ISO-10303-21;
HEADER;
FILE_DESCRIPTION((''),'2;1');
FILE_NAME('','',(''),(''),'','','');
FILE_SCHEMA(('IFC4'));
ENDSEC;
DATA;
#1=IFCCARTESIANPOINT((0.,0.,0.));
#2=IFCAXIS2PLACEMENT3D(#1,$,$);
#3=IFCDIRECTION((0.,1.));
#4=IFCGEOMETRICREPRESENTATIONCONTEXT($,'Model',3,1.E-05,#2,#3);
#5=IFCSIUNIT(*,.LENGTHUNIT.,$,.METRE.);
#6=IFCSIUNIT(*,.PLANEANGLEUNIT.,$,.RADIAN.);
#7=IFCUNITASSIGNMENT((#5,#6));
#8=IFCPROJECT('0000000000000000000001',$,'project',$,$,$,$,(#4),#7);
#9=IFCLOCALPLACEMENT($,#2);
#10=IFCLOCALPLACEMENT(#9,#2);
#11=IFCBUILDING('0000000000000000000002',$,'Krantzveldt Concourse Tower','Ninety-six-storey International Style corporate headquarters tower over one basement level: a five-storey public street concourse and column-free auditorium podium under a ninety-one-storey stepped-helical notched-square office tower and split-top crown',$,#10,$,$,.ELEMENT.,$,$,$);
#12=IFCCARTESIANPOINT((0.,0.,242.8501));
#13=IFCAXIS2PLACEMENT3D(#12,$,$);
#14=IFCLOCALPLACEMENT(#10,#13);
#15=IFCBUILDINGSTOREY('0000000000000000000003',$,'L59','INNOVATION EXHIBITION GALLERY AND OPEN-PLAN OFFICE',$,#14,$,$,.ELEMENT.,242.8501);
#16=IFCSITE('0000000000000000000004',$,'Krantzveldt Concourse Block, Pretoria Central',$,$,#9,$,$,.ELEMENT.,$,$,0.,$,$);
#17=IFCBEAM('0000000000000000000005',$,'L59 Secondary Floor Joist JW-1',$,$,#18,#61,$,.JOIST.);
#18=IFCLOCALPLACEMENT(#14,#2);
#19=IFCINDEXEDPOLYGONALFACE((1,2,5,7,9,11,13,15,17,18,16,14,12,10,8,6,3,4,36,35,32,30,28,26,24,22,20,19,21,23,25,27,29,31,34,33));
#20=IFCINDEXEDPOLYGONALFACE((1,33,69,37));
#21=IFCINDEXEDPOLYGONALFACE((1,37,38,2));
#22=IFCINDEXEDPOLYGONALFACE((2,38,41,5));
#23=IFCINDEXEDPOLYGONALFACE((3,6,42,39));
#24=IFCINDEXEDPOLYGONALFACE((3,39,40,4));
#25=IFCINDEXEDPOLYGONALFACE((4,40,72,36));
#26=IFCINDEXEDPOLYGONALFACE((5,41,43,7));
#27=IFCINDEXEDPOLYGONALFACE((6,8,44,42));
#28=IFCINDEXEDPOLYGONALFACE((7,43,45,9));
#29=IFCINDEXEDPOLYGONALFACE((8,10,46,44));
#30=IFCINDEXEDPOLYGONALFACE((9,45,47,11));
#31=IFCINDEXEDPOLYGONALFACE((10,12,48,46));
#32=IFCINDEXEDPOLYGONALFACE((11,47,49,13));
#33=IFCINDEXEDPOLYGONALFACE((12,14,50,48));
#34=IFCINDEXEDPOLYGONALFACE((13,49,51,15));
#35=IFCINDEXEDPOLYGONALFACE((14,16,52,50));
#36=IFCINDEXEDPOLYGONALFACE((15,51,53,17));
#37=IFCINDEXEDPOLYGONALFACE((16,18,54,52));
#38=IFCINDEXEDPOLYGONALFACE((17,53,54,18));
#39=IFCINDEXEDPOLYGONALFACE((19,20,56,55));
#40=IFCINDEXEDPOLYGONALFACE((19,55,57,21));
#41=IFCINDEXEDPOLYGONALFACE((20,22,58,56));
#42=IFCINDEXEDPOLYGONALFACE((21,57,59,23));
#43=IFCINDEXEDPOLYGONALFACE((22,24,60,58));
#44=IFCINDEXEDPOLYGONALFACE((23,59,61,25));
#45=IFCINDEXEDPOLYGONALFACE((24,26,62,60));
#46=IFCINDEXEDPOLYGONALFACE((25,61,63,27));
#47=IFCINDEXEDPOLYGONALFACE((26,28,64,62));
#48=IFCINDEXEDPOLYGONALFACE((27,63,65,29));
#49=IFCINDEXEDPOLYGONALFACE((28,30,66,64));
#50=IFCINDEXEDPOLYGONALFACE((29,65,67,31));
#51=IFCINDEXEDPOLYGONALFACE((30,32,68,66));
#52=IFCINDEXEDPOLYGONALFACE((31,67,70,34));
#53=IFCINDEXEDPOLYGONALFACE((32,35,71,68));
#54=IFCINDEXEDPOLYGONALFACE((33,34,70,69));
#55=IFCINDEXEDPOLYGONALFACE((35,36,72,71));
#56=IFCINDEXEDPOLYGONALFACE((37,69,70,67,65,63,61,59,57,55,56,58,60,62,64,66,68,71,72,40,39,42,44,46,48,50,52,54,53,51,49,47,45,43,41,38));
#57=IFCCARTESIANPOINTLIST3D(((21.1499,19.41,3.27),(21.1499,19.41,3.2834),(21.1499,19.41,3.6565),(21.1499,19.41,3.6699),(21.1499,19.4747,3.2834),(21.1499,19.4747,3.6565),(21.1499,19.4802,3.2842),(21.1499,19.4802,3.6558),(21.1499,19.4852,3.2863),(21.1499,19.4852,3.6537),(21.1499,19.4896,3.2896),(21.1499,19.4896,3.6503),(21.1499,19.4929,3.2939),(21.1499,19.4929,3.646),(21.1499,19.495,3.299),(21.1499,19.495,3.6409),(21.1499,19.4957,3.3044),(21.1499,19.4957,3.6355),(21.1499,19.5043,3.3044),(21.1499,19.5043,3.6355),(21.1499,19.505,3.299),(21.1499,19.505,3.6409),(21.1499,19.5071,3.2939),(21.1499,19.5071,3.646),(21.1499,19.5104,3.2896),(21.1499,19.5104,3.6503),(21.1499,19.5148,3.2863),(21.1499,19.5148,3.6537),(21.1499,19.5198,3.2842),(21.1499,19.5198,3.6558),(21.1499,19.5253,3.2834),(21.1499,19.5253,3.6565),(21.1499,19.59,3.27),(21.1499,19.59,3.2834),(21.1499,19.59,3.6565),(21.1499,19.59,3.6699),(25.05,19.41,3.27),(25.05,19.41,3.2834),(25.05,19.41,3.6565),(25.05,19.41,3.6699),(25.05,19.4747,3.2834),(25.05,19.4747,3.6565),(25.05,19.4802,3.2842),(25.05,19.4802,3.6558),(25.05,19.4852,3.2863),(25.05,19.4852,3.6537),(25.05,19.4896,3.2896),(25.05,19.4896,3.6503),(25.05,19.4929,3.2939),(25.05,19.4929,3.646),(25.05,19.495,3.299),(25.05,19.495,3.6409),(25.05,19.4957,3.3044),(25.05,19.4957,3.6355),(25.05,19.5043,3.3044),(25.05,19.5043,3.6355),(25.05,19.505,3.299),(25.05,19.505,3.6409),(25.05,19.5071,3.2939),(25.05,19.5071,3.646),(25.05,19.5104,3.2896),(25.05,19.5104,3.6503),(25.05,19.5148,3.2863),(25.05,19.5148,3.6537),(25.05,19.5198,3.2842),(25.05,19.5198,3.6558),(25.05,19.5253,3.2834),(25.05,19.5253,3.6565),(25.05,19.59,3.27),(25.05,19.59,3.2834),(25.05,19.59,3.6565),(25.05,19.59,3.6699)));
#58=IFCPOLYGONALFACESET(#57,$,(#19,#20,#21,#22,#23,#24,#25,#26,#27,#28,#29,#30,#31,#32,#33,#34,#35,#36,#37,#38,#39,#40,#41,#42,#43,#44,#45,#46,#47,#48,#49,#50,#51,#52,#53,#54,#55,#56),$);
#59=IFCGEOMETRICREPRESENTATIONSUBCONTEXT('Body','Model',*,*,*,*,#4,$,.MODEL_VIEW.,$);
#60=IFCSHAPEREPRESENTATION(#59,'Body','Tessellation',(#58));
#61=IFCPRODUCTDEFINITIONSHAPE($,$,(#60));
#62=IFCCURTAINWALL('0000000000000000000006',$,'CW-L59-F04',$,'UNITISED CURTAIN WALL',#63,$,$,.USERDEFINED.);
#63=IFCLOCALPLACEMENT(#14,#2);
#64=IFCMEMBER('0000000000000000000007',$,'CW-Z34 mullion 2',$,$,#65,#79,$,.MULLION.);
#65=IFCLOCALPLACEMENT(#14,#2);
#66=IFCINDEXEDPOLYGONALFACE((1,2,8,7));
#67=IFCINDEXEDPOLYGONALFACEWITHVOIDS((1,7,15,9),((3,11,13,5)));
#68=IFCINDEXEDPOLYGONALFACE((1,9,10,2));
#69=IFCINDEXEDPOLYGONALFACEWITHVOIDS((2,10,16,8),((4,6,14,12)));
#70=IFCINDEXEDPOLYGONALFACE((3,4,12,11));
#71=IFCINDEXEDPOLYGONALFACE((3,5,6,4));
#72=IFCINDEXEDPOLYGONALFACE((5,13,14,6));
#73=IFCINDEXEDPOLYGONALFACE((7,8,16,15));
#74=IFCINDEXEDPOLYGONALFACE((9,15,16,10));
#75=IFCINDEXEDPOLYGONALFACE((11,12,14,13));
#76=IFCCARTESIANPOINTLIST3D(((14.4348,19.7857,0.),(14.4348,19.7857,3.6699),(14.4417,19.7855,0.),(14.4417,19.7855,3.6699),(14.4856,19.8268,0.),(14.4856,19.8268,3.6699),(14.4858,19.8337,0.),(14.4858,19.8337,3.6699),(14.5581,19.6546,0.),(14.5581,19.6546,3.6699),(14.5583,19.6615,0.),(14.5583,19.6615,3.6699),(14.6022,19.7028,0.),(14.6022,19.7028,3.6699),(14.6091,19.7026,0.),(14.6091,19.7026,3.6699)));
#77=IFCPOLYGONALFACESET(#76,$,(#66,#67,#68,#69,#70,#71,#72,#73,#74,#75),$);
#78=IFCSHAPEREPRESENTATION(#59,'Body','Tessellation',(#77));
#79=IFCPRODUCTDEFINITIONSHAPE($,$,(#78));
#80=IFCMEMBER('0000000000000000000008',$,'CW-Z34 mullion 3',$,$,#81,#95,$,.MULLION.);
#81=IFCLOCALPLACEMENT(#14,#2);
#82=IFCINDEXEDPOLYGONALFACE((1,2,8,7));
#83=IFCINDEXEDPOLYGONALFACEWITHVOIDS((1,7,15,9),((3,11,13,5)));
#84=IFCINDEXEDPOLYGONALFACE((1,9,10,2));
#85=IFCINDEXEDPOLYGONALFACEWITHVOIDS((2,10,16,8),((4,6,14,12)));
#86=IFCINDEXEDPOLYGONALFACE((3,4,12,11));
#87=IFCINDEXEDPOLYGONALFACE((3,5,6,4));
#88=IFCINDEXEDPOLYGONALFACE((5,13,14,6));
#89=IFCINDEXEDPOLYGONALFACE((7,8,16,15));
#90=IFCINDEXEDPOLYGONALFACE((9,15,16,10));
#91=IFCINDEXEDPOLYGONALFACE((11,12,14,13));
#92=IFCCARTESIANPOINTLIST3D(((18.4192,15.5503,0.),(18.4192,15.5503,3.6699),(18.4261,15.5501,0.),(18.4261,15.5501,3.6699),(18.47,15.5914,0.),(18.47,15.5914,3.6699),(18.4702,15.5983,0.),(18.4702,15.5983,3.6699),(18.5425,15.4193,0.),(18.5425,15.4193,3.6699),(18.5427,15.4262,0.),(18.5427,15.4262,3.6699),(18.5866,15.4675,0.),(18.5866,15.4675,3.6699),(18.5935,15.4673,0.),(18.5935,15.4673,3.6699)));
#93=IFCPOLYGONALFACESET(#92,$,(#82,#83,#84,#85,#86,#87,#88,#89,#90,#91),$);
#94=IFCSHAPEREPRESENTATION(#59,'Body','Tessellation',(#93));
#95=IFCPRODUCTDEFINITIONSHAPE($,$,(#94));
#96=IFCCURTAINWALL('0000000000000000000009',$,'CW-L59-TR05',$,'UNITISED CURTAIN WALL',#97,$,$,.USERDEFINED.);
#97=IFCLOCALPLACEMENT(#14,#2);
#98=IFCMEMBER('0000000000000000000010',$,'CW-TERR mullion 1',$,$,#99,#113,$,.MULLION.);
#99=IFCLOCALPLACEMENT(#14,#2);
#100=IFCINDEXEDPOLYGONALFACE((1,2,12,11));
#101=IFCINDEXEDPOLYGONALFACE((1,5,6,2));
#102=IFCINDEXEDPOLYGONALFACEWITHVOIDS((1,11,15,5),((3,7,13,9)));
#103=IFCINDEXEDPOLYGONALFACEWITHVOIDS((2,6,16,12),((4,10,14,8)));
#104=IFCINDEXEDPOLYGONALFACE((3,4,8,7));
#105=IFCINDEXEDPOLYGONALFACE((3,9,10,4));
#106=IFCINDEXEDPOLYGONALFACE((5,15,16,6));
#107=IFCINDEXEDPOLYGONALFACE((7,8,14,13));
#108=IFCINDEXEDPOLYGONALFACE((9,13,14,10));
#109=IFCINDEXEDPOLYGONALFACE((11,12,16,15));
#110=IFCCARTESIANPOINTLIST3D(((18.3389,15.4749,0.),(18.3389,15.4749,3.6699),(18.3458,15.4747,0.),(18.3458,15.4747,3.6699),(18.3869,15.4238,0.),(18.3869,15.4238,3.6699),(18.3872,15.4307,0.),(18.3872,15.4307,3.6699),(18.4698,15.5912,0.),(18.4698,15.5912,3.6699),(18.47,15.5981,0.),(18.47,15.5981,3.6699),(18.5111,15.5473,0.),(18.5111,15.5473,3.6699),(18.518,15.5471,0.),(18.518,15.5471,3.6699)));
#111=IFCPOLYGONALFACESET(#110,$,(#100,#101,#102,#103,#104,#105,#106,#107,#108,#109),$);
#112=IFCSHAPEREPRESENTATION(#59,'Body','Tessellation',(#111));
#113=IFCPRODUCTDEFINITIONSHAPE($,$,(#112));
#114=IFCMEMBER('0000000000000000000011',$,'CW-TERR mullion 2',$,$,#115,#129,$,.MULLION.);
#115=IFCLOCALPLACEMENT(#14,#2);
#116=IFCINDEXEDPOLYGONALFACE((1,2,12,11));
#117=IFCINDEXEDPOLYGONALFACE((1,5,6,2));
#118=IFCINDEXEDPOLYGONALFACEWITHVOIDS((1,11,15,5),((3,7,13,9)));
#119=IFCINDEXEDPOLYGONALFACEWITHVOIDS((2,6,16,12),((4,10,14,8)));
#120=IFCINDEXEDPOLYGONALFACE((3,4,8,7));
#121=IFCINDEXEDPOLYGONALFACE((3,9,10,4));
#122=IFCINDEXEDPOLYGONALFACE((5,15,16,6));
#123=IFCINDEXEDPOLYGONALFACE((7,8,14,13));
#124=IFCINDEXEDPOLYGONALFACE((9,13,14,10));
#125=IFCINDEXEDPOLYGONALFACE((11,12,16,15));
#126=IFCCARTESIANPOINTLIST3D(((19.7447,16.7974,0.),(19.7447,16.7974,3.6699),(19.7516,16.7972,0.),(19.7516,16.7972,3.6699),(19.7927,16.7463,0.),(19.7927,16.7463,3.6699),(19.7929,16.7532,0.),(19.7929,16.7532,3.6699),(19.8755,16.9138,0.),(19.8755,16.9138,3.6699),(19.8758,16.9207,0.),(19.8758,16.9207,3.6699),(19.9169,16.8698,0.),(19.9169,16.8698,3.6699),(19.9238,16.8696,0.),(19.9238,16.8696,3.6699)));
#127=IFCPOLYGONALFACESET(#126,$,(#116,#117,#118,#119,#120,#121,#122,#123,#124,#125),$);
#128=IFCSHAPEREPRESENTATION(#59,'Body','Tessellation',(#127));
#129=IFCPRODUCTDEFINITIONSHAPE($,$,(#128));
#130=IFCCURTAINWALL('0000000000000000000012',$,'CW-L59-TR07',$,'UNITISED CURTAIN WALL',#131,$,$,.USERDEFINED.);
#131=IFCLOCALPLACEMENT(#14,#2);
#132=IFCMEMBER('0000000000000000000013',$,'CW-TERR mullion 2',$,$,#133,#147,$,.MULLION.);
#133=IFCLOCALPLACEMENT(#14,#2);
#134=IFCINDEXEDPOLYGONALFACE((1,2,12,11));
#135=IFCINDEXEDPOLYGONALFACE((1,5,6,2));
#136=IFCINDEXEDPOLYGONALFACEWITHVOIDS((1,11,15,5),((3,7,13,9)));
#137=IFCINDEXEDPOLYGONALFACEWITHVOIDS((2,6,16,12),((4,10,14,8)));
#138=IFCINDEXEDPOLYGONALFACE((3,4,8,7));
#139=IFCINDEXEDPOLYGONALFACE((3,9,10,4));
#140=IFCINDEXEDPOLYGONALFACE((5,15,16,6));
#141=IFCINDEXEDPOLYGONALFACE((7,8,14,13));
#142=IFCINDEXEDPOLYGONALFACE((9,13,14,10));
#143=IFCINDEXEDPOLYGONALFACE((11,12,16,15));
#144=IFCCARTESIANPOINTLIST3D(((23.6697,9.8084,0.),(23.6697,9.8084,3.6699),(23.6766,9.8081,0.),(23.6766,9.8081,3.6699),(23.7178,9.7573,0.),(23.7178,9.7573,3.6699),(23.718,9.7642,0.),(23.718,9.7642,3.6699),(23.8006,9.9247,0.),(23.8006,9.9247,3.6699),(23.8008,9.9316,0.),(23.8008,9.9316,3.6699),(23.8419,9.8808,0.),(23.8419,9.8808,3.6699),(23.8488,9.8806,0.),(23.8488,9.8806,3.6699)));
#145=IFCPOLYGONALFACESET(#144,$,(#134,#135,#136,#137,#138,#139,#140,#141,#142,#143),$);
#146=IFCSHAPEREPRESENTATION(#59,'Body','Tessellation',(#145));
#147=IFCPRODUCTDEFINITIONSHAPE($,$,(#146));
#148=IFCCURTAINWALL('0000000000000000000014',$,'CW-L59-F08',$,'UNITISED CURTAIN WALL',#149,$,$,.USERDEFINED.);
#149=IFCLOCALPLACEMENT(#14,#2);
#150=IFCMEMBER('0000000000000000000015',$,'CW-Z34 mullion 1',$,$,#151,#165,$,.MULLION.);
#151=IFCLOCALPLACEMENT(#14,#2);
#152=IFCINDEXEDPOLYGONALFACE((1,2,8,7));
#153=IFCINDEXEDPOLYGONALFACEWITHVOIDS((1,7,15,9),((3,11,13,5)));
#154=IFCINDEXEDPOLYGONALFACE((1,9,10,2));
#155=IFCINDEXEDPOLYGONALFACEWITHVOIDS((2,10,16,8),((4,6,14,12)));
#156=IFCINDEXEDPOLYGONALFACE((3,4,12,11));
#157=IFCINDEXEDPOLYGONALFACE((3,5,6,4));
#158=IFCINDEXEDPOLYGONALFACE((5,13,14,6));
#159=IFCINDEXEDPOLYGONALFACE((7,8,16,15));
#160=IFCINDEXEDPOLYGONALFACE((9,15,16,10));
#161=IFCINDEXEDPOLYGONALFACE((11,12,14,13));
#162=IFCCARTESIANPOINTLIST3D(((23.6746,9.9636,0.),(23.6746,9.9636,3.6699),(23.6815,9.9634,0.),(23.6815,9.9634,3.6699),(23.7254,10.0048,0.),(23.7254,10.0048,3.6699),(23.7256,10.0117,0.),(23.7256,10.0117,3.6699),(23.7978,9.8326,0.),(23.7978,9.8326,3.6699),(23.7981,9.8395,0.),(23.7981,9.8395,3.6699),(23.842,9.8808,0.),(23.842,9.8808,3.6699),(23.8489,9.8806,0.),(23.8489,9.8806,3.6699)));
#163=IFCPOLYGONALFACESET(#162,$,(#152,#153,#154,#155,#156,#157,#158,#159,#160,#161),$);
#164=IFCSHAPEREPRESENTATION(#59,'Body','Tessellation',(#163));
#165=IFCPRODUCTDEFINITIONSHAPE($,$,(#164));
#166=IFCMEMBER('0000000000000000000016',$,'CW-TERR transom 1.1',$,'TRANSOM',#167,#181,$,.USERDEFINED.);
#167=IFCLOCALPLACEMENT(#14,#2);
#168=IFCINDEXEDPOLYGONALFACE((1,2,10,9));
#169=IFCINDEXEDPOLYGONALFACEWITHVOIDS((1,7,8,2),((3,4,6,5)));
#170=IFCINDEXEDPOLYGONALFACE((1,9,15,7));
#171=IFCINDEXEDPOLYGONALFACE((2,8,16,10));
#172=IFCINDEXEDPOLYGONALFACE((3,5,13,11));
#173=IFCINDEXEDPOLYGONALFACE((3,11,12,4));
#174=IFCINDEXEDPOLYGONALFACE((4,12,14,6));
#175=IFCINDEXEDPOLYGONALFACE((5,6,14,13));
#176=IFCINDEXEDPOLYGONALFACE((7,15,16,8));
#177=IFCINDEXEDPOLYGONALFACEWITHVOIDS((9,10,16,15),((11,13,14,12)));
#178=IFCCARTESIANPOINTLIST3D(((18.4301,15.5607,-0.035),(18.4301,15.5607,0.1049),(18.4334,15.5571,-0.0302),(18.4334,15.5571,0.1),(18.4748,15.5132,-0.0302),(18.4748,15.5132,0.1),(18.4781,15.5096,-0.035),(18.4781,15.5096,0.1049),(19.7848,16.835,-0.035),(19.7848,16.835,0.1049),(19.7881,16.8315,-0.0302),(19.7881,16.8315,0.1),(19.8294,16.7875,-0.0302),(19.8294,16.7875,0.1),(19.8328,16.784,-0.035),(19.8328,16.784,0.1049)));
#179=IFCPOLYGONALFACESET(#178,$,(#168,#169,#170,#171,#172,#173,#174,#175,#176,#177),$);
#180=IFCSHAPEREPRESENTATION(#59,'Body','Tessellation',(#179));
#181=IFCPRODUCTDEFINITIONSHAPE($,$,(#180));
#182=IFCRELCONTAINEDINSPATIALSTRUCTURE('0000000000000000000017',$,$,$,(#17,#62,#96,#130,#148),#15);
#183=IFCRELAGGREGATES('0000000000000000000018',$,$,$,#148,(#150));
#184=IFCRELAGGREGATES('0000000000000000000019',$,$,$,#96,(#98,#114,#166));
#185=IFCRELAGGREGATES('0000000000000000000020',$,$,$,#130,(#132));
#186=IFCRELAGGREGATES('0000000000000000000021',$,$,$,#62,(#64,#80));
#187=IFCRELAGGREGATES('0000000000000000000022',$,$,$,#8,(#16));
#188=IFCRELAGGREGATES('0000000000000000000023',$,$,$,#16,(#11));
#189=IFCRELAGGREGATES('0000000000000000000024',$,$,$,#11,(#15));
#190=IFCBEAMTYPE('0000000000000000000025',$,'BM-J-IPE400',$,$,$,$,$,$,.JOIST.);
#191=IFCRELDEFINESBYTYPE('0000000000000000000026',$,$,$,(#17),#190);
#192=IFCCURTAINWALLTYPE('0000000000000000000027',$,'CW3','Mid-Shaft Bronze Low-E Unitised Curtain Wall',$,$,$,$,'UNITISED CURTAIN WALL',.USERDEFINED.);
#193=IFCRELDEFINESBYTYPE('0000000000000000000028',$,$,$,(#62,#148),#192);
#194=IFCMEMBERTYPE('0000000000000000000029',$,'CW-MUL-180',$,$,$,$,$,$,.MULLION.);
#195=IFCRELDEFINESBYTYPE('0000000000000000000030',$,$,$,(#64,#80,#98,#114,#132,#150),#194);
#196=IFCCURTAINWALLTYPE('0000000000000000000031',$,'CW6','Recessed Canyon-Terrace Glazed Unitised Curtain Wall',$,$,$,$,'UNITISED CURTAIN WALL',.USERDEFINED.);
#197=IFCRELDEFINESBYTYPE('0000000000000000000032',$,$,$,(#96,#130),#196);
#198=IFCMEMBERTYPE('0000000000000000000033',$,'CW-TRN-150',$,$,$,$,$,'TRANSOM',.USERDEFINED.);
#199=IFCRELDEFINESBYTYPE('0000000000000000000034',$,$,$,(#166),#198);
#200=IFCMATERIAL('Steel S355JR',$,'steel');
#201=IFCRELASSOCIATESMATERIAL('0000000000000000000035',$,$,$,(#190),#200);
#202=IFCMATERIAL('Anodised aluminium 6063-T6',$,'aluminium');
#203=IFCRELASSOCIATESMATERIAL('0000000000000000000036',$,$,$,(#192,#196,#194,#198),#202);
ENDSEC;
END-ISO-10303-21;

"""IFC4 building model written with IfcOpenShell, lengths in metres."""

from ifc_helpers import new_model, si_unit, direction, frame, origin, origin_2d, place, context, subcontext, project, spatial, hollow_rectangle, i_section, extrude, source, transform, mapped, material, material_profile, profile_set, type_object, type_shapes, element, aggregate, save


model = new_model("IFC4")

# Units and contexts
model_context = context("Model", 3, precision=1e-05, world=origin(), true_north=direction((0.0, 1.0)))
body_context = subcontext(model_context, "Body", "Model", "MODEL_VIEW")
ifc_project = project(units=[si_unit("LENGTHUNIT", "METRE"), si_unit("PLANEANGLEUNIT", "RADIAN")], contexts=[model_context])

# Site, building, storey
site_placement = place(None, origin())
site = spatial("IfcSite", under=ifc_project, at=site_placement, Name="Krantzveldt Concourse Block, Pretoria Central", CompositionType="ELEMENT", RefElevation=0.0)
building_placement = place(site_placement, origin())
building = spatial("IfcBuilding", under=site, at=building_placement, Name="Krantzveldt Concourse Tower", Description="Ninety-six-storey International Style corporate headquarters tower over one basement level: a five-storey public street concourse and column-free auditorium podium under a ninety-one-storey stepped-helical notched-square office tower and split-top crown", CompositionType="ELEMENT")
storey_placement = place(building_placement, frame((0.0, 0.0, 242.8501)))
storey = spatial("IfcBuildingStorey", under=building, at=storey_placement, Name="L59", Description="INNOVATION EXHIBITION GALLERY AND OPEN-PLAN OFFICE", CompositionType="ELEMENT", Elevation=242.8501)

# Beam
ifc_material_1 = material(Name="Steel S355JR", Category="steel")
ifc_material_profile_1 = material_profile(ifc_material_1, i_section(OverallWidth=0.1799, OverallDepth=0.3999, WebThickness=0.0085, FlangeThickness=0.0134, FilletRadius=0.021, at=origin_2d()), Name="Steel S355JR", Category="steel")
ifc_profile_set_1 = profile_set([ifc_material_profile_1], Name="Steel S355JR - IPE 400")
beam_type_1 = type_object("IfcBeamType", Name="BM-J-IPE400", PredefinedType="JOIST", material=ifc_profile_set_1)
shared_shape_1 = source(origin(), body_context, "Body", "SweptSolid", [
    extrude(i_section(OverallWidth=0.1799, OverallDepth=0.3999, WebThickness=0.0085, FlangeThickness=0.0134, FilletRadius=0.021, at=origin_2d()), origin(), (0.0, 0.0, 1.0), 3.9001),
])
type_shapes(beam_type_1, [shared_shape_1])
beam_1_placement = place(storey_placement, frame((21.1499, 19.5, 3.47), z_axis=(1.0, 0.0, 0.0), x_axis=(0.0, 1.0, 0.0)))
element("IfcBeam", 1, at=beam_1_placement, inside=storey, type_object=beam_type_1, Name="L59 Secondary Floor Joist JW-1", PredefinedType="JOIST", context=body_context, shape_type="MappedRepresentation", body=[
    mapped(shared_shape_1, transform((0.0, 0.0, 0.0), x_axis=(1.0, 0.0, 0.0), y_axis=(0.0, 1.0, 0.0), z_axis=(0.0, 0.0, 1.0), scale=1.0)),
])

# Curtain walls, members
ifc_material_2 = material(Name="Anodised aluminium 6063-T6", Category="aluminium")
curtain_wall_type_1 = type_object("IfcCurtainWallType", Name="CW3", Description="Mid-Shaft Bronze Low-E Unitised Curtain Wall", ElementType="UNITISED CURTAIN WALL", PredefinedType="USERDEFINED", material=ifc_material_2)
curtain_wall_1_placement = place(storey_placement, origin())
curtain_wall_1 = element("IfcCurtainWall", 2, at=curtain_wall_1_placement, inside=storey, type_object=curtain_wall_type_1, Name="CW-L59-F04", ObjectType="UNITISED CURTAIN WALL", PredefinedType="USERDEFINED")
ifc_material_profile_2 = material_profile(ifc_material_2, hollow_rectangle(XDim=0.0701, YDim=0.1799, WallThickness=0.0049, at=origin_2d()), Name="Anodised aluminium 6063-T6", Category="aluminium")
ifc_profile_set_2 = profile_set([ifc_material_profile_2], Name="Anodised aluminium 6063-T6 - ALU-MULL 180x70x5")
member_type_1 = type_object("IfcMemberType", Name="CW-MUL-180", PredefinedType="MULLION", material=ifc_profile_set_2)
shared_shape_2 = source(origin(), body_context, "Body", "SweptSolid", [
    extrude(hollow_rectangle(XDim=0.0701, YDim=0.1799, WallThickness=0.0049, at=origin_2d()), origin(), (0.0, 0.0, 1.0), 3.6699),
])
type_shapes(member_type_1, [shared_shape_2])
member_1_placement = place(storey_placement, frame((14.522, 19.7441, 0.0), z_axis=(0.0, 0.0, 1.0), x_axis=(0.728371, 0.685183, 0.0)))
member_1 = element("IfcMember", 3, at=member_1_placement, type_object=member_type_1, Name="CW-Z34 mullion 2", PredefinedType="MULLION", context=body_context, shape_type="MappedRepresentation", body=[
    mapped(shared_shape_2, transform((0.0, 0.0, 0.0), x_axis=(1.0, 0.0, 0.0), y_axis=(0.0, 1.0, 0.0), z_axis=(0.0, 0.0, 1.0), scale=1.0)),
])
member_2_placement = place(storey_placement, frame((18.5063, 15.5088, 0.0), z_axis=(0.0, 0.0, 1.0), x_axis=(0.728371, 0.685183, 0.0)))
member_2 = element("IfcMember", 4, at=member_2_placement, type_object=member_type_1, Name="CW-Z34 mullion 3", PredefinedType="MULLION", context=body_context, shape_type="MappedRepresentation", body=[
    mapped(shared_shape_2, transform((0.0, 0.0, 0.0), x_axis=(1.0, 0.0, 0.0), y_axis=(0.0, 1.0, 0.0), z_axis=(0.0, 0.0, 1.0), scale=1.0)),
])
curtain_wall_type_2 = type_object("IfcCurtainWallType", Name="CW6", Description="Recessed Canyon-Terrace Glazed Unitised Curtain Wall", ElementType="UNITISED CURTAIN WALL", PredefinedType="USERDEFINED", material=ifc_material_2)
curtain_wall_2_placement = place(storey_placement, origin())
curtain_wall_2 = element("IfcCurtainWall", 5, at=curtain_wall_2_placement, inside=storey, type_object=curtain_wall_type_2, Name="CW-L59-TR05", ObjectType="UNITISED CURTAIN WALL", PredefinedType="USERDEFINED")
member_3_placement = place(storey_placement, frame((18.4285, 15.511, 0.0), z_axis=(0.0, 0.0, 1.0), x_axis=(-0.685182, 0.728372, 0.0)))
member_3 = element("IfcMember", 6, at=member_3_placement, type_object=member_type_1, Name="CW-TERR mullion 1", PredefinedType="MULLION", context=body_context, shape_type="MappedRepresentation", body=[
    mapped(shared_shape_2, transform((0.0, 0.0, 0.0), x_axis=(1.0, 0.0, 0.0), y_axis=(0.0, 1.0, 0.0), z_axis=(0.0, 0.0, 1.0), scale=1.0)),
])
member_4_placement = place(storey_placement, frame((19.8342, 16.8335, 0.0), z_axis=(0.0, 0.0, 1.0), x_axis=(-0.685182, 0.728372, 0.0)))
member_4 = element("IfcMember", 7, at=member_4_placement, type_object=member_type_1, Name="CW-TERR mullion 2", PredefinedType="MULLION", context=body_context, shape_type="MappedRepresentation", body=[
    mapped(shared_shape_2, transform((0.0, 0.0, 0.0), x_axis=(1.0, 0.0, 0.0), y_axis=(0.0, 1.0, 0.0), z_axis=(0.0, 0.0, 1.0), scale=1.0)),
])

# Curtain walls, members
curtain_wall_3_placement = place(storey_placement, origin())
curtain_wall_3 = element("IfcCurtainWall", 8, at=curtain_wall_3_placement, inside=storey, type_object=curtain_wall_type_2, Name="CW-L59-TR07", ObjectType="UNITISED CURTAIN WALL", PredefinedType="USERDEFINED")
member_5_placement = place(storey_placement, frame((23.7593, 9.8445, 0.0), z_axis=(0.0, 0.0, 1.0), x_axis=(0.685182, -0.728372, 0.0)))
member_5 = element("IfcMember", 9, at=member_5_placement, type_object=member_type_1, Name="CW-TERR mullion 2", PredefinedType="MULLION", context=body_context, shape_type="MappedRepresentation", body=[
    mapped(shared_shape_2, transform((0.0, 0.0, 0.0), x_axis=(1.0, 0.0, 0.0), y_axis=(0.0, 1.0, 0.0), z_axis=(0.0, 0.0, 1.0), scale=1.0)),
])
curtain_wall_4_placement = place(storey_placement, origin())
curtain_wall_4 = element("IfcCurtainWall", 10, at=curtain_wall_4_placement, inside=storey, type_object=curtain_wall_type_1, Name="CW-L59-F08", ObjectType="UNITISED CURTAIN WALL", PredefinedType="USERDEFINED")
member_6_placement = place(storey_placement, frame((23.7617, 9.9221, 0.0), z_axis=(0.0, 0.0, 1.0), x_axis=(0.728371, 0.685183, 0.0)))
member_6 = element("IfcMember", 11, at=member_6_placement, type_object=member_type_1, Name="CW-Z34 mullion 1", PredefinedType="MULLION", context=body_context, shape_type="MappedRepresentation", body=[
    mapped(shared_shape_2, transform((0.0, 0.0, 0.0), x_axis=(1.0, 0.0, 0.0), y_axis=(0.0, 1.0, 0.0), z_axis=(0.0, 0.0, 1.0), scale=1.0)),
])

# Member
ifc_material_profile_3 = material_profile(ifc_material_2, hollow_rectangle(XDim=0.0701, YDim=0.1399, WallThickness=0.0049, at=origin_2d()), Name="Anodised aluminium 6063-T6", Category="aluminium")
ifc_profile_set_3 = profile_set([ifc_material_profile_3], Name="Anodised aluminium 6063-T6 - ALU-TRAN 140x70x5")
member_type_2 = type_object("IfcMemberType", Name="CW-TRN-150", ElementType="TRANSOM", PredefinedType="USERDEFINED", material=ifc_profile_set_3)
shared_shape_3 = source(origin(), body_context, "Body", "SweptSolid", [
    extrude(hollow_rectangle(XDim=0.0701, YDim=0.1399, WallThickness=0.0049, at=origin_2d()), origin(), (0.0, 0.0, 1.0), 1.8599),
])
member_7_placement = place(storey_placement, frame((18.4541, 15.5352, 0.0349), z_axis=(0.72837, 0.685185, 0.0), x_axis=(-0.685185, 0.72837, 0.0)))
member_7 = element("IfcMember", 12, at=member_7_placement, type_object=member_type_2, Name="CW-TERR transom 1.1", ObjectType="TRANSOM", PredefinedType="USERDEFINED", context=body_context, shape_type="MappedRepresentation", body=[
    mapped(shared_shape_3, transform((0.0, 0.0, 0.0), x_axis=(1.0, 0.0, 0.0), y_axis=(0.0, 1.0, 0.0), z_axis=(0.0, 0.0, 1.0), scale=1.0)),
])
aggregate(curtain_wall_4, [member_6])

aggregate(curtain_wall_2, [member_3, member_4, member_7])
aggregate(curtain_wall_3, [member_5])
aggregate(curtain_wall_1, [member_1, member_2])

save(model, "model.ifc")
